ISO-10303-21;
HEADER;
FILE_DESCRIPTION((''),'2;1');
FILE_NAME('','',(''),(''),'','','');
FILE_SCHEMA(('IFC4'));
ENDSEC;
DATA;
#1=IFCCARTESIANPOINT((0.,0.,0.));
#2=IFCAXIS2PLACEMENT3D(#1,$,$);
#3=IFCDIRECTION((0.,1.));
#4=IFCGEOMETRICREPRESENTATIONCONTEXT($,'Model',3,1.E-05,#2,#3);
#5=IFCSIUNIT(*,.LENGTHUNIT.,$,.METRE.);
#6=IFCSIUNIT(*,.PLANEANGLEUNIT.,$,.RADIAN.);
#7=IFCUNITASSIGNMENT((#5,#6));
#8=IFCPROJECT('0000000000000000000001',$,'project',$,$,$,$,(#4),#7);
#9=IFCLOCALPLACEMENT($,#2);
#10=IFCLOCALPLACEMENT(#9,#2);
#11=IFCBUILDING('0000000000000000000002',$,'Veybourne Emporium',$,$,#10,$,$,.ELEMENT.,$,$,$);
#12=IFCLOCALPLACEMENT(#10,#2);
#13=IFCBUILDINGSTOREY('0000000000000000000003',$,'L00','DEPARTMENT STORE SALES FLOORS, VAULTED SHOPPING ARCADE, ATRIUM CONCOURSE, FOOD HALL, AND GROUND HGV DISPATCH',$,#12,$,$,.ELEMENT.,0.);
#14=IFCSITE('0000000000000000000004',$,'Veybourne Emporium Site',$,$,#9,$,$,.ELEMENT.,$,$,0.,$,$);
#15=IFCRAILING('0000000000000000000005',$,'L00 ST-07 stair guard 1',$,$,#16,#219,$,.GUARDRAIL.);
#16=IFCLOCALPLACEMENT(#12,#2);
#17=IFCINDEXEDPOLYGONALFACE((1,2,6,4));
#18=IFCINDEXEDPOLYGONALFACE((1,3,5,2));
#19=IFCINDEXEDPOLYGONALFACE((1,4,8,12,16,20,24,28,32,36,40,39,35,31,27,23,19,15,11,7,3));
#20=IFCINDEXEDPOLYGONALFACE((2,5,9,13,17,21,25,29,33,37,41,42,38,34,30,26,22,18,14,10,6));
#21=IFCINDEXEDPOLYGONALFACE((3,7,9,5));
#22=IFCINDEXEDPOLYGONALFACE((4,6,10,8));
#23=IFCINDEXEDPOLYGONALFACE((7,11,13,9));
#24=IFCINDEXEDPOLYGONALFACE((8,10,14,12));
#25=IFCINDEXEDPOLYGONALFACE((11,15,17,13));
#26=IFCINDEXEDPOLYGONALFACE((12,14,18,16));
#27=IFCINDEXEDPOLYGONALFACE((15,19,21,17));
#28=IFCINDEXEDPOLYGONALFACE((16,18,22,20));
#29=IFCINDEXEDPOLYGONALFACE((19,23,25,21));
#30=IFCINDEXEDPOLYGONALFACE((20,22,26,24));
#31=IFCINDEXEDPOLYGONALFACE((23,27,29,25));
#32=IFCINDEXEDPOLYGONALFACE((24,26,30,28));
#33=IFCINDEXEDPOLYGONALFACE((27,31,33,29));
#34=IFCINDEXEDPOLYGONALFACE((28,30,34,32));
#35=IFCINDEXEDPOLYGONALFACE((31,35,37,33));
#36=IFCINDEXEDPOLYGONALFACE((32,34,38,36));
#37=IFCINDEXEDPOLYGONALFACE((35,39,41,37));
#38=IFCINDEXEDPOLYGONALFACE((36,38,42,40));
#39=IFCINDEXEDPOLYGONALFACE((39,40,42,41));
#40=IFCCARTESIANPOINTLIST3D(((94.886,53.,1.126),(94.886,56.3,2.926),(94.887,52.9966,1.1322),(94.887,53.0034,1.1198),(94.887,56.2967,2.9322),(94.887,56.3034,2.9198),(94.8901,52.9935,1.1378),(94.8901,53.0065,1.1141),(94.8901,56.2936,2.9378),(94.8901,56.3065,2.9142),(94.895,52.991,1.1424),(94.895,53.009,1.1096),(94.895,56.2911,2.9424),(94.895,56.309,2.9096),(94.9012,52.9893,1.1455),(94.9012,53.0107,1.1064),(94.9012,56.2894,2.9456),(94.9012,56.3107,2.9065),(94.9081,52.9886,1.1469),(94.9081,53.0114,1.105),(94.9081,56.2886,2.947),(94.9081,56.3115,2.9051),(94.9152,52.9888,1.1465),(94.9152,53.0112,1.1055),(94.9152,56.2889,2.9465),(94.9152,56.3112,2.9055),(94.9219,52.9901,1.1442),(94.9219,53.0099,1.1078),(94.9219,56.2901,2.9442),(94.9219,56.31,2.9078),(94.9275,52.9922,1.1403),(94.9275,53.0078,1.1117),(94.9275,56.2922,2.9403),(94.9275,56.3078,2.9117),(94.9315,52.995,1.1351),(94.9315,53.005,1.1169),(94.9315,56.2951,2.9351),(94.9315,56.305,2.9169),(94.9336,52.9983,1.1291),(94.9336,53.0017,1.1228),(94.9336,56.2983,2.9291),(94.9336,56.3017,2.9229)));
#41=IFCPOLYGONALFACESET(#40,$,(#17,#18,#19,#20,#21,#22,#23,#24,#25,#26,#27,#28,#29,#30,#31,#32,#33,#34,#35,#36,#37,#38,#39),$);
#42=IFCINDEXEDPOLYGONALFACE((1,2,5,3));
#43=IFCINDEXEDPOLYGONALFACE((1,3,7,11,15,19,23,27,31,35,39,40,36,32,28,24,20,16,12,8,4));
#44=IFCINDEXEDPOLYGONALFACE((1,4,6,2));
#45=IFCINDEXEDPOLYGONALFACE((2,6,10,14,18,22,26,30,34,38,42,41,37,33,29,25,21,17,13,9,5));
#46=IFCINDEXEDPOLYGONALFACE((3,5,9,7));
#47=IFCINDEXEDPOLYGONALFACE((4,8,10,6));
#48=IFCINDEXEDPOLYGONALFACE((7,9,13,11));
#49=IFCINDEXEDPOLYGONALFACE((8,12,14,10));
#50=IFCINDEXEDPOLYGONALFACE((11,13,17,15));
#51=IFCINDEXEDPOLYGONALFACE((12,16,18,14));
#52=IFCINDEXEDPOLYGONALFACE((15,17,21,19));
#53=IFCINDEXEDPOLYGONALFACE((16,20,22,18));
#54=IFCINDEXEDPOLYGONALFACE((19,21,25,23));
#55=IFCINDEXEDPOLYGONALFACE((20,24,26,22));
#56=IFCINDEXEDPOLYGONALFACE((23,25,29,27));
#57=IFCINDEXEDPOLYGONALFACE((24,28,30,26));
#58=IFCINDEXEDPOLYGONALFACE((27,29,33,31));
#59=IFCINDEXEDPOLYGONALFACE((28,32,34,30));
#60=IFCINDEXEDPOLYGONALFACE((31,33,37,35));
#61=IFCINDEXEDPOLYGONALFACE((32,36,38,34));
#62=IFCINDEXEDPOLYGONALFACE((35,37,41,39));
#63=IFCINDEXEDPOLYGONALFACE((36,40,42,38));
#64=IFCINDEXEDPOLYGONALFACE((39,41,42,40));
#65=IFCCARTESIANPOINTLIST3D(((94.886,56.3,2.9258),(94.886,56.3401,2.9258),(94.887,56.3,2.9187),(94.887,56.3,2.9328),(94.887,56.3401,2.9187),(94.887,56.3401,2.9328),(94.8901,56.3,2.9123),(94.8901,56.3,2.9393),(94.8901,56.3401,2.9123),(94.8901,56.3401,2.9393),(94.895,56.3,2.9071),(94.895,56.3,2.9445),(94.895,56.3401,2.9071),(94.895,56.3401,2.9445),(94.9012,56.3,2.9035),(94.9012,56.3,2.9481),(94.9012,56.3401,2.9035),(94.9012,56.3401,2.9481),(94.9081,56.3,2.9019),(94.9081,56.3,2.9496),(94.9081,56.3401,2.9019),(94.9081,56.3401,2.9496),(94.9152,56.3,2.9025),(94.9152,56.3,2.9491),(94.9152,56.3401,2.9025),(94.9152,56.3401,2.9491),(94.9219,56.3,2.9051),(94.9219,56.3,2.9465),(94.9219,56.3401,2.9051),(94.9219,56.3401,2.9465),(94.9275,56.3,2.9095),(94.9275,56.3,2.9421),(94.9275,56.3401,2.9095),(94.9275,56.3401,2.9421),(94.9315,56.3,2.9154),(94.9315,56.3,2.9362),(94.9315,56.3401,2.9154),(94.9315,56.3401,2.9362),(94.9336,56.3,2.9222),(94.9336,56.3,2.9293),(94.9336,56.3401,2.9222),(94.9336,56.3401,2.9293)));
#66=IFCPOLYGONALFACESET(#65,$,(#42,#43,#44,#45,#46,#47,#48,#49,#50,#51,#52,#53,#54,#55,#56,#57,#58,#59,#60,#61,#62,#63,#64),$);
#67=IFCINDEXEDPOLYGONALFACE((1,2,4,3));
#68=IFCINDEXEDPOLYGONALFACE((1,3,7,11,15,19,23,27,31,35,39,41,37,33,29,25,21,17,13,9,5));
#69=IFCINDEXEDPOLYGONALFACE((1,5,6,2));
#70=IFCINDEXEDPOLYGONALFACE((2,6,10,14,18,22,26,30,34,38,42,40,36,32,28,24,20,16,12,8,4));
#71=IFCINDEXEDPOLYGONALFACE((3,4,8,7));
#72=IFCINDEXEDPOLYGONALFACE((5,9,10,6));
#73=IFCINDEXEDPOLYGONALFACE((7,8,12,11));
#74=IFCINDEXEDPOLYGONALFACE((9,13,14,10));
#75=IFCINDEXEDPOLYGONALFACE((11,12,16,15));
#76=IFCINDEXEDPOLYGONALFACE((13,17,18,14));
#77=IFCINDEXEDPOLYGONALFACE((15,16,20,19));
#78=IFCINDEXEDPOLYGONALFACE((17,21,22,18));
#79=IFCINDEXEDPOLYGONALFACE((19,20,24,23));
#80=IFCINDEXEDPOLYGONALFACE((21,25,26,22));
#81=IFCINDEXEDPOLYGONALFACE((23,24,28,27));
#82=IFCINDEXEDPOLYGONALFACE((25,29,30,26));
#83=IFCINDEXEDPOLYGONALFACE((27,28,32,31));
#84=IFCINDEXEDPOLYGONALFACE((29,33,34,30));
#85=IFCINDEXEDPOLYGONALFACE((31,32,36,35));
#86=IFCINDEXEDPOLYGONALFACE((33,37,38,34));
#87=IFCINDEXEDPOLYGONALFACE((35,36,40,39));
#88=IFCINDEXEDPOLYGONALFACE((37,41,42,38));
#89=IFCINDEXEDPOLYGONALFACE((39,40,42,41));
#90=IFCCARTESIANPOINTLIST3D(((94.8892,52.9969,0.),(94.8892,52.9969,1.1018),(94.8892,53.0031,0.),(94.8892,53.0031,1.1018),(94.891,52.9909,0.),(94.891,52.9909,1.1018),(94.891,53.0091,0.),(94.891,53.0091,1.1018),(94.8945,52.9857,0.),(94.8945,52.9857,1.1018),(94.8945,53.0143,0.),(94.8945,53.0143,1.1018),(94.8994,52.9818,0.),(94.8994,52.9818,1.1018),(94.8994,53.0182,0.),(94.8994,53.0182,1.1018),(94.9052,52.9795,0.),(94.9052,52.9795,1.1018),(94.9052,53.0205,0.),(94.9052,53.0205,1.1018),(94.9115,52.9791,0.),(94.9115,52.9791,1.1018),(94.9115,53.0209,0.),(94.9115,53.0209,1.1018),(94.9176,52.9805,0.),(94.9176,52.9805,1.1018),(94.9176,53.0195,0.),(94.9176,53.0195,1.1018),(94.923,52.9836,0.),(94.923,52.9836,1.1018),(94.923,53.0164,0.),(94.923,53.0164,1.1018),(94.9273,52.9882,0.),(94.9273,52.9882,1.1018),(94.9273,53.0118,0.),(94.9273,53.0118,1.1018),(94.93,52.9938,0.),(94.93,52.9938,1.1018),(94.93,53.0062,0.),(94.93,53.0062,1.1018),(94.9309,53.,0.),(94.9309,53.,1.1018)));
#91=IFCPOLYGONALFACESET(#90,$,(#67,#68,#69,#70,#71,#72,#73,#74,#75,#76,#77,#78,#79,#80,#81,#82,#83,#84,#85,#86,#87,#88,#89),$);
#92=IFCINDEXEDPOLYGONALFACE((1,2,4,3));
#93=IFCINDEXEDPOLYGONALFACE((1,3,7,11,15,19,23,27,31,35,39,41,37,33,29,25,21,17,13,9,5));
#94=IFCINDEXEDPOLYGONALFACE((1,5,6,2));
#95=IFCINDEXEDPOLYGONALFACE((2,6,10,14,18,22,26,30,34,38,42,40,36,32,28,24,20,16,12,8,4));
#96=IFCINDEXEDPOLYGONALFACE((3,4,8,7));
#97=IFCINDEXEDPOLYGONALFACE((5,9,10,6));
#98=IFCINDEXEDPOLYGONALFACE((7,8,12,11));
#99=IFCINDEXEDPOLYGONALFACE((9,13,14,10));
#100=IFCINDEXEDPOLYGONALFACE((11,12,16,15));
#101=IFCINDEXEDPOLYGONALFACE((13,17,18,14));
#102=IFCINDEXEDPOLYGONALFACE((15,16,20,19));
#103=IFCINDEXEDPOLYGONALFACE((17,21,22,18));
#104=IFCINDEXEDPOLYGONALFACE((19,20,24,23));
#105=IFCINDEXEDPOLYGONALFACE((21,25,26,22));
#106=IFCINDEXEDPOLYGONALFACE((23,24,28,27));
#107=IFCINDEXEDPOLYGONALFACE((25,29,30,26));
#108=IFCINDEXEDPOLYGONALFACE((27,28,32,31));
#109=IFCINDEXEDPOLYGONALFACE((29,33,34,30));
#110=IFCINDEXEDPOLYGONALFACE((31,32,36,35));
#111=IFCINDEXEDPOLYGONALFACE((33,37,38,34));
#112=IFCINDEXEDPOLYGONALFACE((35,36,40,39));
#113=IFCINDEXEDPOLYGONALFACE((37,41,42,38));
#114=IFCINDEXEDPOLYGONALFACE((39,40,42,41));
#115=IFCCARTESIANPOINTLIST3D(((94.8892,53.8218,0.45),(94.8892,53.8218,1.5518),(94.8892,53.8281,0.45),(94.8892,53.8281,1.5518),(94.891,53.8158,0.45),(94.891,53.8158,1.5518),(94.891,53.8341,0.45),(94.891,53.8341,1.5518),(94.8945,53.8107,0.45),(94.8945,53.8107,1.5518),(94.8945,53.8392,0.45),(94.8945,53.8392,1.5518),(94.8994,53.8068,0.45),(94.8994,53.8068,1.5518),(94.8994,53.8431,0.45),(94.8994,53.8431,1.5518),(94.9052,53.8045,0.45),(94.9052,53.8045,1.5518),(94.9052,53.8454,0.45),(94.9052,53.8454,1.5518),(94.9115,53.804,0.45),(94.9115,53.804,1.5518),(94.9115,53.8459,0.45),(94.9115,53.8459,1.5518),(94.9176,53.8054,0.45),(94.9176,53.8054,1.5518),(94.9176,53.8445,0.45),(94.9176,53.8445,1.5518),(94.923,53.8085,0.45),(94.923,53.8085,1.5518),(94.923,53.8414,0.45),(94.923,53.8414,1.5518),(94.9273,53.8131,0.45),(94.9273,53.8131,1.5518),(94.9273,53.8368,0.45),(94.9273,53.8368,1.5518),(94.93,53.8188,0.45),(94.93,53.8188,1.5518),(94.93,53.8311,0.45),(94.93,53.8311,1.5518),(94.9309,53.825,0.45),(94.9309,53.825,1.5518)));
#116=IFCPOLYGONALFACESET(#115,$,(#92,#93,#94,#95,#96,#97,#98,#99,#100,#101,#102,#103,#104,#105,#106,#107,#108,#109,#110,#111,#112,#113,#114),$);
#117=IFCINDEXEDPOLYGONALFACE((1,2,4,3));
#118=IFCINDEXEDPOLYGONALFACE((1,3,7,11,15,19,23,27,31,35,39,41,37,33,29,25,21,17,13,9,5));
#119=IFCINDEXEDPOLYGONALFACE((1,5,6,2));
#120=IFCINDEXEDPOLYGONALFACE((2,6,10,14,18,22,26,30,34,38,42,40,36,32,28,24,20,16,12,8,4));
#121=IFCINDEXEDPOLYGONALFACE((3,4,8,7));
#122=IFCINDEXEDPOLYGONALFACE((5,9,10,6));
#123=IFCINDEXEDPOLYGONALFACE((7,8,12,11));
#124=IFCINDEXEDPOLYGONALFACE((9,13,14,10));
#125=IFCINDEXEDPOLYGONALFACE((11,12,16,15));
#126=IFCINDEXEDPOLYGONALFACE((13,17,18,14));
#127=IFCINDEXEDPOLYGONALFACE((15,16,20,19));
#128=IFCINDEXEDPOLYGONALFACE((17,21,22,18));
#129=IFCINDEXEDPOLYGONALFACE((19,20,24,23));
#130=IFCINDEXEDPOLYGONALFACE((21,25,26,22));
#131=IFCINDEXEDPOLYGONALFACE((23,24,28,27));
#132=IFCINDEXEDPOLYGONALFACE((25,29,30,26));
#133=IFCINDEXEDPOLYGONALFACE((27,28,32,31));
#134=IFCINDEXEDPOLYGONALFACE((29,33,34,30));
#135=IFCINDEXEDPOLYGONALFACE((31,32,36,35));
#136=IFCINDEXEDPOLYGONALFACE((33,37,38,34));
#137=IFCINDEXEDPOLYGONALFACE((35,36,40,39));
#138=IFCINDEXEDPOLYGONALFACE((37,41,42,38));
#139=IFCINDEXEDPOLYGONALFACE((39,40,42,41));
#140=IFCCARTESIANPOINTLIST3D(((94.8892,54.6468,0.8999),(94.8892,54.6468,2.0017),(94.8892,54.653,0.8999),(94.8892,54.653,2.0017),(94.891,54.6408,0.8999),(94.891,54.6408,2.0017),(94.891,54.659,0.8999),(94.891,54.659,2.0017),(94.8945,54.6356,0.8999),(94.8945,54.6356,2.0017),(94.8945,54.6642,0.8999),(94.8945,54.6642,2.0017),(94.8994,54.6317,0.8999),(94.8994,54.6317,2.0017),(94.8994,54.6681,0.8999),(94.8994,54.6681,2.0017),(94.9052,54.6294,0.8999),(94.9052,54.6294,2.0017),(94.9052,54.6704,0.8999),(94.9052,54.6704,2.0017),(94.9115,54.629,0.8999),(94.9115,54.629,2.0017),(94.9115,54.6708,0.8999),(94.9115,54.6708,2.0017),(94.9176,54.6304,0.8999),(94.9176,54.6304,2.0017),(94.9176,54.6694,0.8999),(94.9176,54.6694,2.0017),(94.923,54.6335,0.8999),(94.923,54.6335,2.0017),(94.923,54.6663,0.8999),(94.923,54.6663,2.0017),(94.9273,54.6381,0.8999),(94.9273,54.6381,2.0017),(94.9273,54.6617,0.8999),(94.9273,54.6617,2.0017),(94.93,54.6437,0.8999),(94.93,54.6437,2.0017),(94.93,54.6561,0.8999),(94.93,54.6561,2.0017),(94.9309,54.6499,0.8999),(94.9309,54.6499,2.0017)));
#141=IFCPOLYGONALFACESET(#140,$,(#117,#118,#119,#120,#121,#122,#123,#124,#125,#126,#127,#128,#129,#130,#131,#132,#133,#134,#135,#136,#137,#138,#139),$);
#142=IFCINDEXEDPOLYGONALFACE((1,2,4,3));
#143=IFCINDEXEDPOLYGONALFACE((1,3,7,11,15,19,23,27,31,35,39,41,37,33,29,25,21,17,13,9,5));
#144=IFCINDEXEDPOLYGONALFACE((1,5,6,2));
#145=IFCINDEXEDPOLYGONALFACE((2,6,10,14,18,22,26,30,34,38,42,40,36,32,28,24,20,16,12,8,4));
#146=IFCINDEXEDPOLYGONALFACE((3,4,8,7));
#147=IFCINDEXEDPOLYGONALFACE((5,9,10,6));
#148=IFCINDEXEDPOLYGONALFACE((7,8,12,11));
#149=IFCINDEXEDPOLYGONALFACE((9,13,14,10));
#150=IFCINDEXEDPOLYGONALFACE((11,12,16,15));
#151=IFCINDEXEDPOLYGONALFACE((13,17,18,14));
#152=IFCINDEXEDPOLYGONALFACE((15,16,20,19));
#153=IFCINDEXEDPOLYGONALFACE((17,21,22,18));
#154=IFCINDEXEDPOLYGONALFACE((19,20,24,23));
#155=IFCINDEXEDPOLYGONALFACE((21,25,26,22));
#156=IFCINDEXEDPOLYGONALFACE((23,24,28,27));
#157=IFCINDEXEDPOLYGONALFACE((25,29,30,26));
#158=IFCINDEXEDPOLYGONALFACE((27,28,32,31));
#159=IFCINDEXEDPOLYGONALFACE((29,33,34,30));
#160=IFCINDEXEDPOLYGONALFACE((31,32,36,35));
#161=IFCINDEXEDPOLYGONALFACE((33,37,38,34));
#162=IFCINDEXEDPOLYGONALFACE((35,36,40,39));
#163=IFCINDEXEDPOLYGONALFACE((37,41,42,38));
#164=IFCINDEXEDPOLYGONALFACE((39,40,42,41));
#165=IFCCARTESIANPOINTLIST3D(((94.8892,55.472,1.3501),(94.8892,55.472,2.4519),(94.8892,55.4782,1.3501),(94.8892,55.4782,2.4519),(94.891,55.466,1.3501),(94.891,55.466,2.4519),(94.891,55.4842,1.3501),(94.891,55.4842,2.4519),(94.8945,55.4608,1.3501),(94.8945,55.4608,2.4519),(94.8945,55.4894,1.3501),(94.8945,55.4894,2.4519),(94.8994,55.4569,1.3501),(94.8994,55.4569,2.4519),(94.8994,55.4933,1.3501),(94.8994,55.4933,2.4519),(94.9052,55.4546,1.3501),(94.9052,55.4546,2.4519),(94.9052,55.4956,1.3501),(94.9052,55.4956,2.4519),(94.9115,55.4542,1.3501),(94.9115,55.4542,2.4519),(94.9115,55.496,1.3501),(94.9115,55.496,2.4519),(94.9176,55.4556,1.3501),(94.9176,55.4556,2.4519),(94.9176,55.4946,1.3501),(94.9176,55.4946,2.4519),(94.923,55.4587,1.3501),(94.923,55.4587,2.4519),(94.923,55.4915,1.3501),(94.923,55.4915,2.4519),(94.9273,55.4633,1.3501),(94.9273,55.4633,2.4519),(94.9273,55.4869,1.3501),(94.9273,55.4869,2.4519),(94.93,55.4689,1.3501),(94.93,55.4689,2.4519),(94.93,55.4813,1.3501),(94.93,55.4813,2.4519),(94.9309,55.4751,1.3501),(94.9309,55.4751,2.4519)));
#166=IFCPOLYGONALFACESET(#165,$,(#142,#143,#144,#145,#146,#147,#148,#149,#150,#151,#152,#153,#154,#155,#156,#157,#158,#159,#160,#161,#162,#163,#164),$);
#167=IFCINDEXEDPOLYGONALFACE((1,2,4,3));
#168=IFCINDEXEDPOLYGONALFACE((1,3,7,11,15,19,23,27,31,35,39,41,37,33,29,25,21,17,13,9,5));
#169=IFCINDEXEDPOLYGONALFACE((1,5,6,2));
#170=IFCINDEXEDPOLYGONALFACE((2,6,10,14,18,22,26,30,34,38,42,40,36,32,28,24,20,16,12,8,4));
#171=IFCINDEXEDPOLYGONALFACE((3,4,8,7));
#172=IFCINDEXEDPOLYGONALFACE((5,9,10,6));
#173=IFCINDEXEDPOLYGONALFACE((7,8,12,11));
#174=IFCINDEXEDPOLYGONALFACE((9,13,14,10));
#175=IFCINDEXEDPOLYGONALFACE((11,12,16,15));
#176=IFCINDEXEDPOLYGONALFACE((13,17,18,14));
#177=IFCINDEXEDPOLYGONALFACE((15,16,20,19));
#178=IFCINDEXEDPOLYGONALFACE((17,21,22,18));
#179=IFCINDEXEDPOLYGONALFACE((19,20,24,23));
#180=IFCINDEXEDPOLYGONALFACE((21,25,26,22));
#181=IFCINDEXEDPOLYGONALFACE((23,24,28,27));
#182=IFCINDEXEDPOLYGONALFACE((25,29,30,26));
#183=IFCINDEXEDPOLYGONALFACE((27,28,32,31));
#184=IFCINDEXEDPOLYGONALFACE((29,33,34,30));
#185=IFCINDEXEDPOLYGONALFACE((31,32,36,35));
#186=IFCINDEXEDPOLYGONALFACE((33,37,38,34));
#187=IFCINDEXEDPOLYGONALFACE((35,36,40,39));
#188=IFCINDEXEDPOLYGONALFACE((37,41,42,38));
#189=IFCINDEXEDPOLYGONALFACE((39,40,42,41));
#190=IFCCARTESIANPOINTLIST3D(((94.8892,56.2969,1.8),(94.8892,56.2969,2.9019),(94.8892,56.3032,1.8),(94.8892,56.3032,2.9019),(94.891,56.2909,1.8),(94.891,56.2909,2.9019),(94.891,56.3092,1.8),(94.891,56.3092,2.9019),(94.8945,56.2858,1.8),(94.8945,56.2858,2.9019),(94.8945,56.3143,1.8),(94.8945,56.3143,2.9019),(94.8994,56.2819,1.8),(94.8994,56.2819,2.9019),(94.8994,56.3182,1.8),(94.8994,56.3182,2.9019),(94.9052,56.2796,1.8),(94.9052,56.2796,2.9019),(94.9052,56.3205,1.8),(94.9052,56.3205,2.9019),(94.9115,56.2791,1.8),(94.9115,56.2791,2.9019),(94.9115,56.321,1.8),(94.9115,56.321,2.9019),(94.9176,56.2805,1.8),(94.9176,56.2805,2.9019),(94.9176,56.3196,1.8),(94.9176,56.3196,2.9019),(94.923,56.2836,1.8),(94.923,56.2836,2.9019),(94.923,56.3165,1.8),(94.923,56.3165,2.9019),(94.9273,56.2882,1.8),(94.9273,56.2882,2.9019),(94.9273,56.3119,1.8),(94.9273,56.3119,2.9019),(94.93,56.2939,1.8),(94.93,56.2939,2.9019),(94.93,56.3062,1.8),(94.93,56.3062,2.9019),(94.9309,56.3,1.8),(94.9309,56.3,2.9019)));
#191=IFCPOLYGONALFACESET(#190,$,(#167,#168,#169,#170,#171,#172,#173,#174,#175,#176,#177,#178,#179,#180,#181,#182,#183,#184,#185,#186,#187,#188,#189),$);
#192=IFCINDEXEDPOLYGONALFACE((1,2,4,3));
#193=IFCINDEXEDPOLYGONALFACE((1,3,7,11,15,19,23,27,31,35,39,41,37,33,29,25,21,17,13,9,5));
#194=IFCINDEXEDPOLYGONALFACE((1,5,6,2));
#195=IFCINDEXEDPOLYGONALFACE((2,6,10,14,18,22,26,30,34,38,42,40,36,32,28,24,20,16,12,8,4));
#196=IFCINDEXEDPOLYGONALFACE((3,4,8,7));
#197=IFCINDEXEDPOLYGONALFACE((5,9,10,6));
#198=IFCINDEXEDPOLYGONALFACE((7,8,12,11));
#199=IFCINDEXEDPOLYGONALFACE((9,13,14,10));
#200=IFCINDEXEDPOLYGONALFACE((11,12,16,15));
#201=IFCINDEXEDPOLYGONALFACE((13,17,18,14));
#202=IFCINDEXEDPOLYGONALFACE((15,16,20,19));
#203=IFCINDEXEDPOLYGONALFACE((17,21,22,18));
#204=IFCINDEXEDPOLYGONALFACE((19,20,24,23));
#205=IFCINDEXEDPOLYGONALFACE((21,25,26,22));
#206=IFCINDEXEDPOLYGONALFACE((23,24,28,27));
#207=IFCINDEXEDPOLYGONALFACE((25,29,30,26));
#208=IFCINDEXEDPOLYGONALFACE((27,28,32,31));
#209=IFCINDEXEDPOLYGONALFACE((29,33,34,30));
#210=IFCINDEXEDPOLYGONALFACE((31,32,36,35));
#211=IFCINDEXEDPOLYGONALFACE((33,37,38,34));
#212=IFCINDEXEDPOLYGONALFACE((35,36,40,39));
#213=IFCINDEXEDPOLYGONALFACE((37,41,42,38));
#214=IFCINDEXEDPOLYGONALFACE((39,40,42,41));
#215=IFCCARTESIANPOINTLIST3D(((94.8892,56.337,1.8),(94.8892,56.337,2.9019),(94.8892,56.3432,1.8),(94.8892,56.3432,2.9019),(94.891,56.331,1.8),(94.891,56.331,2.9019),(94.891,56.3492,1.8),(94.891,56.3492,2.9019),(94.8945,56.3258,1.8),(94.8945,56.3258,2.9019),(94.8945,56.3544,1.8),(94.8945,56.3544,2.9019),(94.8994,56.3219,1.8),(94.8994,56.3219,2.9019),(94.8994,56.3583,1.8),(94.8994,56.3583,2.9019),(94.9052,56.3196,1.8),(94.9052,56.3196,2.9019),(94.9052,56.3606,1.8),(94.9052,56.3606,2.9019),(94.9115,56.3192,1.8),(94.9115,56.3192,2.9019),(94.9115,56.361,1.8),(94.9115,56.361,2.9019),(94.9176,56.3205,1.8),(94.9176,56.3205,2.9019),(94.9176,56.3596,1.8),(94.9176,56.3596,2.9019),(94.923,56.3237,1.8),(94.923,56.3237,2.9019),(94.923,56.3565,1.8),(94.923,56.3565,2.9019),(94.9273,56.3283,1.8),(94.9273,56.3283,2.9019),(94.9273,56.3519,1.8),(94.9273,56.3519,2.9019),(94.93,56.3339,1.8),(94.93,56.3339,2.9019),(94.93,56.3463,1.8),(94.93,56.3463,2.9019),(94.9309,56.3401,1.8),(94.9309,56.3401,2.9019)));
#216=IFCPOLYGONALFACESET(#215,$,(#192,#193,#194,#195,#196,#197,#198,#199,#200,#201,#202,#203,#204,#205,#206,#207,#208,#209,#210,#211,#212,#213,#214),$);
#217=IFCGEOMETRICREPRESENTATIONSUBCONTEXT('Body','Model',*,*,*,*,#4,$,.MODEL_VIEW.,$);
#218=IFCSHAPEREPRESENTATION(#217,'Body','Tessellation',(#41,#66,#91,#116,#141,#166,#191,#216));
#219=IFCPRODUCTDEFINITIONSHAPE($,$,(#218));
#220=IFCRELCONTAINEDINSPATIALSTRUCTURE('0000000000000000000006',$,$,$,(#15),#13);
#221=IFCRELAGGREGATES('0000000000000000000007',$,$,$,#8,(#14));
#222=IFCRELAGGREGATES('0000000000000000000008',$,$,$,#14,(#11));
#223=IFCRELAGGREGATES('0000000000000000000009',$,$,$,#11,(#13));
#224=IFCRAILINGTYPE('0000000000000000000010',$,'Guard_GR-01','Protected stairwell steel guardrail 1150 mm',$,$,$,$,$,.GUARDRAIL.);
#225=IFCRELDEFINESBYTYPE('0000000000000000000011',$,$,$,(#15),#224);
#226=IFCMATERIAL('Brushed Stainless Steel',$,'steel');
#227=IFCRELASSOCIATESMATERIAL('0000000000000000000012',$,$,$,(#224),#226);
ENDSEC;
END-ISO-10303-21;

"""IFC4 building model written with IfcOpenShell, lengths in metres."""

from ifc_helpers import new_model, si_unit, direction, frame, origin, origin_2d, place, context, subcontext, project, spatial, circle, extrude, material, type_object, element, save


model = new_model("IFC4")

# Units and contexts
model_context = context("Model", 3, precision=1e-05, world=origin(), true_north=direction((0.0, 1.0)))
body_context = subcontext(model_context, "Body", "Model", "MODEL_VIEW")
ifc_project = project(units=[si_unit("LENGTHUNIT", "METRE"), si_unit("PLANEANGLEUNIT", "RADIAN")], contexts=[model_context])

# Site, building, storey
site_placement = place(None, origin())
site = spatial("IfcSite", under=ifc_project, at=site_placement, Name="Veybourne Emporium Site", CompositionType="ELEMENT", RefElevation=0.0)
building_placement = place(site_placement, origin())
building = spatial("IfcBuilding", under=site, at=building_placement, Name="Veybourne Emporium", CompositionType="ELEMENT")
storey_placement = place(building_placement, origin())
storey = spatial("IfcBuildingStorey", under=building, at=storey_placement, Name="L00", Description="DEPARTMENT STORE SALES FLOORS, VAULTED SHOPPING ARCADE, ATRIUM CONCOURSE, FOOD HALL, AND GROUND HGV DISPATCH", CompositionType="ELEMENT", Elevation=0.0)

# Railing
ifc_material_1 = material(Name="Brushed Stainless Steel", Category="steel")
railing_type_1 = type_object("IfcRailingType", Name="Guard_GR-01", Description="Protected stairwell steel guardrail 1150 mm", PredefinedType="GUARDRAIL", material=ifc_material_1)
railing_1_placement = place(storey_placement, frame((94.9099, 53.0, 0.0)))
element("IfcRailing", 1, at=railing_1_placement, inside=storey, type_object=railing_type_1, Name="L00 ST-07 stair guard 1", PredefinedType="GUARDRAIL", context=body_context, shape_type="SweptSolid", body=[
    extrude(circle(Radius=0.0239, at=origin_2d()), frame((0.0, 0.0, 1.126), z_axis=(0.0, 0.877893, 0.478857), x_axis=(-1.0, 0.0, 0.0)), (0.0, 0.0, 1.0), 3.759),
    extrude(circle(Radius=0.0239, at=origin_2d()), frame((0.0, 3.3, 2.9258), z_axis=(0.0, 1.0, 0.0), x_axis=(-1.0, 0.0, 0.0)), (0.0, 0.0, 1.0), 0.04),
    extrude(circle(Radius=0.021, at=origin_2d()), origin(), (0.0, 0.0, 1.0), 1.1018),
    extrude(circle(Radius=0.021, at=origin_2d()), frame((0.0, 0.825, 0.45)), (0.0, 0.0, 1.0), 1.1018),
    extrude(circle(Radius=0.021, at=origin_2d()), frame((0.0, 1.6499, 0.8999)), (0.0, 0.0, 1.0), 1.1018),
    extrude(circle(Radius=0.021, at=origin_2d()), frame((0.0, 2.4751, 1.3501)), (0.0, 0.0, 1.0), 1.1018),
    extrude(circle(Radius=0.021, at=origin_2d()), frame((0.0, 3.3, 1.8)), (0.0, 0.0, 1.0), 1.1018),
    extrude(circle(Radius=0.021, at=origin_2d()), frame((0.0, 3.3401, 1.8)), (0.0, 0.0, 1.0), 1.1018),
])

save(model, "model.ifc")
